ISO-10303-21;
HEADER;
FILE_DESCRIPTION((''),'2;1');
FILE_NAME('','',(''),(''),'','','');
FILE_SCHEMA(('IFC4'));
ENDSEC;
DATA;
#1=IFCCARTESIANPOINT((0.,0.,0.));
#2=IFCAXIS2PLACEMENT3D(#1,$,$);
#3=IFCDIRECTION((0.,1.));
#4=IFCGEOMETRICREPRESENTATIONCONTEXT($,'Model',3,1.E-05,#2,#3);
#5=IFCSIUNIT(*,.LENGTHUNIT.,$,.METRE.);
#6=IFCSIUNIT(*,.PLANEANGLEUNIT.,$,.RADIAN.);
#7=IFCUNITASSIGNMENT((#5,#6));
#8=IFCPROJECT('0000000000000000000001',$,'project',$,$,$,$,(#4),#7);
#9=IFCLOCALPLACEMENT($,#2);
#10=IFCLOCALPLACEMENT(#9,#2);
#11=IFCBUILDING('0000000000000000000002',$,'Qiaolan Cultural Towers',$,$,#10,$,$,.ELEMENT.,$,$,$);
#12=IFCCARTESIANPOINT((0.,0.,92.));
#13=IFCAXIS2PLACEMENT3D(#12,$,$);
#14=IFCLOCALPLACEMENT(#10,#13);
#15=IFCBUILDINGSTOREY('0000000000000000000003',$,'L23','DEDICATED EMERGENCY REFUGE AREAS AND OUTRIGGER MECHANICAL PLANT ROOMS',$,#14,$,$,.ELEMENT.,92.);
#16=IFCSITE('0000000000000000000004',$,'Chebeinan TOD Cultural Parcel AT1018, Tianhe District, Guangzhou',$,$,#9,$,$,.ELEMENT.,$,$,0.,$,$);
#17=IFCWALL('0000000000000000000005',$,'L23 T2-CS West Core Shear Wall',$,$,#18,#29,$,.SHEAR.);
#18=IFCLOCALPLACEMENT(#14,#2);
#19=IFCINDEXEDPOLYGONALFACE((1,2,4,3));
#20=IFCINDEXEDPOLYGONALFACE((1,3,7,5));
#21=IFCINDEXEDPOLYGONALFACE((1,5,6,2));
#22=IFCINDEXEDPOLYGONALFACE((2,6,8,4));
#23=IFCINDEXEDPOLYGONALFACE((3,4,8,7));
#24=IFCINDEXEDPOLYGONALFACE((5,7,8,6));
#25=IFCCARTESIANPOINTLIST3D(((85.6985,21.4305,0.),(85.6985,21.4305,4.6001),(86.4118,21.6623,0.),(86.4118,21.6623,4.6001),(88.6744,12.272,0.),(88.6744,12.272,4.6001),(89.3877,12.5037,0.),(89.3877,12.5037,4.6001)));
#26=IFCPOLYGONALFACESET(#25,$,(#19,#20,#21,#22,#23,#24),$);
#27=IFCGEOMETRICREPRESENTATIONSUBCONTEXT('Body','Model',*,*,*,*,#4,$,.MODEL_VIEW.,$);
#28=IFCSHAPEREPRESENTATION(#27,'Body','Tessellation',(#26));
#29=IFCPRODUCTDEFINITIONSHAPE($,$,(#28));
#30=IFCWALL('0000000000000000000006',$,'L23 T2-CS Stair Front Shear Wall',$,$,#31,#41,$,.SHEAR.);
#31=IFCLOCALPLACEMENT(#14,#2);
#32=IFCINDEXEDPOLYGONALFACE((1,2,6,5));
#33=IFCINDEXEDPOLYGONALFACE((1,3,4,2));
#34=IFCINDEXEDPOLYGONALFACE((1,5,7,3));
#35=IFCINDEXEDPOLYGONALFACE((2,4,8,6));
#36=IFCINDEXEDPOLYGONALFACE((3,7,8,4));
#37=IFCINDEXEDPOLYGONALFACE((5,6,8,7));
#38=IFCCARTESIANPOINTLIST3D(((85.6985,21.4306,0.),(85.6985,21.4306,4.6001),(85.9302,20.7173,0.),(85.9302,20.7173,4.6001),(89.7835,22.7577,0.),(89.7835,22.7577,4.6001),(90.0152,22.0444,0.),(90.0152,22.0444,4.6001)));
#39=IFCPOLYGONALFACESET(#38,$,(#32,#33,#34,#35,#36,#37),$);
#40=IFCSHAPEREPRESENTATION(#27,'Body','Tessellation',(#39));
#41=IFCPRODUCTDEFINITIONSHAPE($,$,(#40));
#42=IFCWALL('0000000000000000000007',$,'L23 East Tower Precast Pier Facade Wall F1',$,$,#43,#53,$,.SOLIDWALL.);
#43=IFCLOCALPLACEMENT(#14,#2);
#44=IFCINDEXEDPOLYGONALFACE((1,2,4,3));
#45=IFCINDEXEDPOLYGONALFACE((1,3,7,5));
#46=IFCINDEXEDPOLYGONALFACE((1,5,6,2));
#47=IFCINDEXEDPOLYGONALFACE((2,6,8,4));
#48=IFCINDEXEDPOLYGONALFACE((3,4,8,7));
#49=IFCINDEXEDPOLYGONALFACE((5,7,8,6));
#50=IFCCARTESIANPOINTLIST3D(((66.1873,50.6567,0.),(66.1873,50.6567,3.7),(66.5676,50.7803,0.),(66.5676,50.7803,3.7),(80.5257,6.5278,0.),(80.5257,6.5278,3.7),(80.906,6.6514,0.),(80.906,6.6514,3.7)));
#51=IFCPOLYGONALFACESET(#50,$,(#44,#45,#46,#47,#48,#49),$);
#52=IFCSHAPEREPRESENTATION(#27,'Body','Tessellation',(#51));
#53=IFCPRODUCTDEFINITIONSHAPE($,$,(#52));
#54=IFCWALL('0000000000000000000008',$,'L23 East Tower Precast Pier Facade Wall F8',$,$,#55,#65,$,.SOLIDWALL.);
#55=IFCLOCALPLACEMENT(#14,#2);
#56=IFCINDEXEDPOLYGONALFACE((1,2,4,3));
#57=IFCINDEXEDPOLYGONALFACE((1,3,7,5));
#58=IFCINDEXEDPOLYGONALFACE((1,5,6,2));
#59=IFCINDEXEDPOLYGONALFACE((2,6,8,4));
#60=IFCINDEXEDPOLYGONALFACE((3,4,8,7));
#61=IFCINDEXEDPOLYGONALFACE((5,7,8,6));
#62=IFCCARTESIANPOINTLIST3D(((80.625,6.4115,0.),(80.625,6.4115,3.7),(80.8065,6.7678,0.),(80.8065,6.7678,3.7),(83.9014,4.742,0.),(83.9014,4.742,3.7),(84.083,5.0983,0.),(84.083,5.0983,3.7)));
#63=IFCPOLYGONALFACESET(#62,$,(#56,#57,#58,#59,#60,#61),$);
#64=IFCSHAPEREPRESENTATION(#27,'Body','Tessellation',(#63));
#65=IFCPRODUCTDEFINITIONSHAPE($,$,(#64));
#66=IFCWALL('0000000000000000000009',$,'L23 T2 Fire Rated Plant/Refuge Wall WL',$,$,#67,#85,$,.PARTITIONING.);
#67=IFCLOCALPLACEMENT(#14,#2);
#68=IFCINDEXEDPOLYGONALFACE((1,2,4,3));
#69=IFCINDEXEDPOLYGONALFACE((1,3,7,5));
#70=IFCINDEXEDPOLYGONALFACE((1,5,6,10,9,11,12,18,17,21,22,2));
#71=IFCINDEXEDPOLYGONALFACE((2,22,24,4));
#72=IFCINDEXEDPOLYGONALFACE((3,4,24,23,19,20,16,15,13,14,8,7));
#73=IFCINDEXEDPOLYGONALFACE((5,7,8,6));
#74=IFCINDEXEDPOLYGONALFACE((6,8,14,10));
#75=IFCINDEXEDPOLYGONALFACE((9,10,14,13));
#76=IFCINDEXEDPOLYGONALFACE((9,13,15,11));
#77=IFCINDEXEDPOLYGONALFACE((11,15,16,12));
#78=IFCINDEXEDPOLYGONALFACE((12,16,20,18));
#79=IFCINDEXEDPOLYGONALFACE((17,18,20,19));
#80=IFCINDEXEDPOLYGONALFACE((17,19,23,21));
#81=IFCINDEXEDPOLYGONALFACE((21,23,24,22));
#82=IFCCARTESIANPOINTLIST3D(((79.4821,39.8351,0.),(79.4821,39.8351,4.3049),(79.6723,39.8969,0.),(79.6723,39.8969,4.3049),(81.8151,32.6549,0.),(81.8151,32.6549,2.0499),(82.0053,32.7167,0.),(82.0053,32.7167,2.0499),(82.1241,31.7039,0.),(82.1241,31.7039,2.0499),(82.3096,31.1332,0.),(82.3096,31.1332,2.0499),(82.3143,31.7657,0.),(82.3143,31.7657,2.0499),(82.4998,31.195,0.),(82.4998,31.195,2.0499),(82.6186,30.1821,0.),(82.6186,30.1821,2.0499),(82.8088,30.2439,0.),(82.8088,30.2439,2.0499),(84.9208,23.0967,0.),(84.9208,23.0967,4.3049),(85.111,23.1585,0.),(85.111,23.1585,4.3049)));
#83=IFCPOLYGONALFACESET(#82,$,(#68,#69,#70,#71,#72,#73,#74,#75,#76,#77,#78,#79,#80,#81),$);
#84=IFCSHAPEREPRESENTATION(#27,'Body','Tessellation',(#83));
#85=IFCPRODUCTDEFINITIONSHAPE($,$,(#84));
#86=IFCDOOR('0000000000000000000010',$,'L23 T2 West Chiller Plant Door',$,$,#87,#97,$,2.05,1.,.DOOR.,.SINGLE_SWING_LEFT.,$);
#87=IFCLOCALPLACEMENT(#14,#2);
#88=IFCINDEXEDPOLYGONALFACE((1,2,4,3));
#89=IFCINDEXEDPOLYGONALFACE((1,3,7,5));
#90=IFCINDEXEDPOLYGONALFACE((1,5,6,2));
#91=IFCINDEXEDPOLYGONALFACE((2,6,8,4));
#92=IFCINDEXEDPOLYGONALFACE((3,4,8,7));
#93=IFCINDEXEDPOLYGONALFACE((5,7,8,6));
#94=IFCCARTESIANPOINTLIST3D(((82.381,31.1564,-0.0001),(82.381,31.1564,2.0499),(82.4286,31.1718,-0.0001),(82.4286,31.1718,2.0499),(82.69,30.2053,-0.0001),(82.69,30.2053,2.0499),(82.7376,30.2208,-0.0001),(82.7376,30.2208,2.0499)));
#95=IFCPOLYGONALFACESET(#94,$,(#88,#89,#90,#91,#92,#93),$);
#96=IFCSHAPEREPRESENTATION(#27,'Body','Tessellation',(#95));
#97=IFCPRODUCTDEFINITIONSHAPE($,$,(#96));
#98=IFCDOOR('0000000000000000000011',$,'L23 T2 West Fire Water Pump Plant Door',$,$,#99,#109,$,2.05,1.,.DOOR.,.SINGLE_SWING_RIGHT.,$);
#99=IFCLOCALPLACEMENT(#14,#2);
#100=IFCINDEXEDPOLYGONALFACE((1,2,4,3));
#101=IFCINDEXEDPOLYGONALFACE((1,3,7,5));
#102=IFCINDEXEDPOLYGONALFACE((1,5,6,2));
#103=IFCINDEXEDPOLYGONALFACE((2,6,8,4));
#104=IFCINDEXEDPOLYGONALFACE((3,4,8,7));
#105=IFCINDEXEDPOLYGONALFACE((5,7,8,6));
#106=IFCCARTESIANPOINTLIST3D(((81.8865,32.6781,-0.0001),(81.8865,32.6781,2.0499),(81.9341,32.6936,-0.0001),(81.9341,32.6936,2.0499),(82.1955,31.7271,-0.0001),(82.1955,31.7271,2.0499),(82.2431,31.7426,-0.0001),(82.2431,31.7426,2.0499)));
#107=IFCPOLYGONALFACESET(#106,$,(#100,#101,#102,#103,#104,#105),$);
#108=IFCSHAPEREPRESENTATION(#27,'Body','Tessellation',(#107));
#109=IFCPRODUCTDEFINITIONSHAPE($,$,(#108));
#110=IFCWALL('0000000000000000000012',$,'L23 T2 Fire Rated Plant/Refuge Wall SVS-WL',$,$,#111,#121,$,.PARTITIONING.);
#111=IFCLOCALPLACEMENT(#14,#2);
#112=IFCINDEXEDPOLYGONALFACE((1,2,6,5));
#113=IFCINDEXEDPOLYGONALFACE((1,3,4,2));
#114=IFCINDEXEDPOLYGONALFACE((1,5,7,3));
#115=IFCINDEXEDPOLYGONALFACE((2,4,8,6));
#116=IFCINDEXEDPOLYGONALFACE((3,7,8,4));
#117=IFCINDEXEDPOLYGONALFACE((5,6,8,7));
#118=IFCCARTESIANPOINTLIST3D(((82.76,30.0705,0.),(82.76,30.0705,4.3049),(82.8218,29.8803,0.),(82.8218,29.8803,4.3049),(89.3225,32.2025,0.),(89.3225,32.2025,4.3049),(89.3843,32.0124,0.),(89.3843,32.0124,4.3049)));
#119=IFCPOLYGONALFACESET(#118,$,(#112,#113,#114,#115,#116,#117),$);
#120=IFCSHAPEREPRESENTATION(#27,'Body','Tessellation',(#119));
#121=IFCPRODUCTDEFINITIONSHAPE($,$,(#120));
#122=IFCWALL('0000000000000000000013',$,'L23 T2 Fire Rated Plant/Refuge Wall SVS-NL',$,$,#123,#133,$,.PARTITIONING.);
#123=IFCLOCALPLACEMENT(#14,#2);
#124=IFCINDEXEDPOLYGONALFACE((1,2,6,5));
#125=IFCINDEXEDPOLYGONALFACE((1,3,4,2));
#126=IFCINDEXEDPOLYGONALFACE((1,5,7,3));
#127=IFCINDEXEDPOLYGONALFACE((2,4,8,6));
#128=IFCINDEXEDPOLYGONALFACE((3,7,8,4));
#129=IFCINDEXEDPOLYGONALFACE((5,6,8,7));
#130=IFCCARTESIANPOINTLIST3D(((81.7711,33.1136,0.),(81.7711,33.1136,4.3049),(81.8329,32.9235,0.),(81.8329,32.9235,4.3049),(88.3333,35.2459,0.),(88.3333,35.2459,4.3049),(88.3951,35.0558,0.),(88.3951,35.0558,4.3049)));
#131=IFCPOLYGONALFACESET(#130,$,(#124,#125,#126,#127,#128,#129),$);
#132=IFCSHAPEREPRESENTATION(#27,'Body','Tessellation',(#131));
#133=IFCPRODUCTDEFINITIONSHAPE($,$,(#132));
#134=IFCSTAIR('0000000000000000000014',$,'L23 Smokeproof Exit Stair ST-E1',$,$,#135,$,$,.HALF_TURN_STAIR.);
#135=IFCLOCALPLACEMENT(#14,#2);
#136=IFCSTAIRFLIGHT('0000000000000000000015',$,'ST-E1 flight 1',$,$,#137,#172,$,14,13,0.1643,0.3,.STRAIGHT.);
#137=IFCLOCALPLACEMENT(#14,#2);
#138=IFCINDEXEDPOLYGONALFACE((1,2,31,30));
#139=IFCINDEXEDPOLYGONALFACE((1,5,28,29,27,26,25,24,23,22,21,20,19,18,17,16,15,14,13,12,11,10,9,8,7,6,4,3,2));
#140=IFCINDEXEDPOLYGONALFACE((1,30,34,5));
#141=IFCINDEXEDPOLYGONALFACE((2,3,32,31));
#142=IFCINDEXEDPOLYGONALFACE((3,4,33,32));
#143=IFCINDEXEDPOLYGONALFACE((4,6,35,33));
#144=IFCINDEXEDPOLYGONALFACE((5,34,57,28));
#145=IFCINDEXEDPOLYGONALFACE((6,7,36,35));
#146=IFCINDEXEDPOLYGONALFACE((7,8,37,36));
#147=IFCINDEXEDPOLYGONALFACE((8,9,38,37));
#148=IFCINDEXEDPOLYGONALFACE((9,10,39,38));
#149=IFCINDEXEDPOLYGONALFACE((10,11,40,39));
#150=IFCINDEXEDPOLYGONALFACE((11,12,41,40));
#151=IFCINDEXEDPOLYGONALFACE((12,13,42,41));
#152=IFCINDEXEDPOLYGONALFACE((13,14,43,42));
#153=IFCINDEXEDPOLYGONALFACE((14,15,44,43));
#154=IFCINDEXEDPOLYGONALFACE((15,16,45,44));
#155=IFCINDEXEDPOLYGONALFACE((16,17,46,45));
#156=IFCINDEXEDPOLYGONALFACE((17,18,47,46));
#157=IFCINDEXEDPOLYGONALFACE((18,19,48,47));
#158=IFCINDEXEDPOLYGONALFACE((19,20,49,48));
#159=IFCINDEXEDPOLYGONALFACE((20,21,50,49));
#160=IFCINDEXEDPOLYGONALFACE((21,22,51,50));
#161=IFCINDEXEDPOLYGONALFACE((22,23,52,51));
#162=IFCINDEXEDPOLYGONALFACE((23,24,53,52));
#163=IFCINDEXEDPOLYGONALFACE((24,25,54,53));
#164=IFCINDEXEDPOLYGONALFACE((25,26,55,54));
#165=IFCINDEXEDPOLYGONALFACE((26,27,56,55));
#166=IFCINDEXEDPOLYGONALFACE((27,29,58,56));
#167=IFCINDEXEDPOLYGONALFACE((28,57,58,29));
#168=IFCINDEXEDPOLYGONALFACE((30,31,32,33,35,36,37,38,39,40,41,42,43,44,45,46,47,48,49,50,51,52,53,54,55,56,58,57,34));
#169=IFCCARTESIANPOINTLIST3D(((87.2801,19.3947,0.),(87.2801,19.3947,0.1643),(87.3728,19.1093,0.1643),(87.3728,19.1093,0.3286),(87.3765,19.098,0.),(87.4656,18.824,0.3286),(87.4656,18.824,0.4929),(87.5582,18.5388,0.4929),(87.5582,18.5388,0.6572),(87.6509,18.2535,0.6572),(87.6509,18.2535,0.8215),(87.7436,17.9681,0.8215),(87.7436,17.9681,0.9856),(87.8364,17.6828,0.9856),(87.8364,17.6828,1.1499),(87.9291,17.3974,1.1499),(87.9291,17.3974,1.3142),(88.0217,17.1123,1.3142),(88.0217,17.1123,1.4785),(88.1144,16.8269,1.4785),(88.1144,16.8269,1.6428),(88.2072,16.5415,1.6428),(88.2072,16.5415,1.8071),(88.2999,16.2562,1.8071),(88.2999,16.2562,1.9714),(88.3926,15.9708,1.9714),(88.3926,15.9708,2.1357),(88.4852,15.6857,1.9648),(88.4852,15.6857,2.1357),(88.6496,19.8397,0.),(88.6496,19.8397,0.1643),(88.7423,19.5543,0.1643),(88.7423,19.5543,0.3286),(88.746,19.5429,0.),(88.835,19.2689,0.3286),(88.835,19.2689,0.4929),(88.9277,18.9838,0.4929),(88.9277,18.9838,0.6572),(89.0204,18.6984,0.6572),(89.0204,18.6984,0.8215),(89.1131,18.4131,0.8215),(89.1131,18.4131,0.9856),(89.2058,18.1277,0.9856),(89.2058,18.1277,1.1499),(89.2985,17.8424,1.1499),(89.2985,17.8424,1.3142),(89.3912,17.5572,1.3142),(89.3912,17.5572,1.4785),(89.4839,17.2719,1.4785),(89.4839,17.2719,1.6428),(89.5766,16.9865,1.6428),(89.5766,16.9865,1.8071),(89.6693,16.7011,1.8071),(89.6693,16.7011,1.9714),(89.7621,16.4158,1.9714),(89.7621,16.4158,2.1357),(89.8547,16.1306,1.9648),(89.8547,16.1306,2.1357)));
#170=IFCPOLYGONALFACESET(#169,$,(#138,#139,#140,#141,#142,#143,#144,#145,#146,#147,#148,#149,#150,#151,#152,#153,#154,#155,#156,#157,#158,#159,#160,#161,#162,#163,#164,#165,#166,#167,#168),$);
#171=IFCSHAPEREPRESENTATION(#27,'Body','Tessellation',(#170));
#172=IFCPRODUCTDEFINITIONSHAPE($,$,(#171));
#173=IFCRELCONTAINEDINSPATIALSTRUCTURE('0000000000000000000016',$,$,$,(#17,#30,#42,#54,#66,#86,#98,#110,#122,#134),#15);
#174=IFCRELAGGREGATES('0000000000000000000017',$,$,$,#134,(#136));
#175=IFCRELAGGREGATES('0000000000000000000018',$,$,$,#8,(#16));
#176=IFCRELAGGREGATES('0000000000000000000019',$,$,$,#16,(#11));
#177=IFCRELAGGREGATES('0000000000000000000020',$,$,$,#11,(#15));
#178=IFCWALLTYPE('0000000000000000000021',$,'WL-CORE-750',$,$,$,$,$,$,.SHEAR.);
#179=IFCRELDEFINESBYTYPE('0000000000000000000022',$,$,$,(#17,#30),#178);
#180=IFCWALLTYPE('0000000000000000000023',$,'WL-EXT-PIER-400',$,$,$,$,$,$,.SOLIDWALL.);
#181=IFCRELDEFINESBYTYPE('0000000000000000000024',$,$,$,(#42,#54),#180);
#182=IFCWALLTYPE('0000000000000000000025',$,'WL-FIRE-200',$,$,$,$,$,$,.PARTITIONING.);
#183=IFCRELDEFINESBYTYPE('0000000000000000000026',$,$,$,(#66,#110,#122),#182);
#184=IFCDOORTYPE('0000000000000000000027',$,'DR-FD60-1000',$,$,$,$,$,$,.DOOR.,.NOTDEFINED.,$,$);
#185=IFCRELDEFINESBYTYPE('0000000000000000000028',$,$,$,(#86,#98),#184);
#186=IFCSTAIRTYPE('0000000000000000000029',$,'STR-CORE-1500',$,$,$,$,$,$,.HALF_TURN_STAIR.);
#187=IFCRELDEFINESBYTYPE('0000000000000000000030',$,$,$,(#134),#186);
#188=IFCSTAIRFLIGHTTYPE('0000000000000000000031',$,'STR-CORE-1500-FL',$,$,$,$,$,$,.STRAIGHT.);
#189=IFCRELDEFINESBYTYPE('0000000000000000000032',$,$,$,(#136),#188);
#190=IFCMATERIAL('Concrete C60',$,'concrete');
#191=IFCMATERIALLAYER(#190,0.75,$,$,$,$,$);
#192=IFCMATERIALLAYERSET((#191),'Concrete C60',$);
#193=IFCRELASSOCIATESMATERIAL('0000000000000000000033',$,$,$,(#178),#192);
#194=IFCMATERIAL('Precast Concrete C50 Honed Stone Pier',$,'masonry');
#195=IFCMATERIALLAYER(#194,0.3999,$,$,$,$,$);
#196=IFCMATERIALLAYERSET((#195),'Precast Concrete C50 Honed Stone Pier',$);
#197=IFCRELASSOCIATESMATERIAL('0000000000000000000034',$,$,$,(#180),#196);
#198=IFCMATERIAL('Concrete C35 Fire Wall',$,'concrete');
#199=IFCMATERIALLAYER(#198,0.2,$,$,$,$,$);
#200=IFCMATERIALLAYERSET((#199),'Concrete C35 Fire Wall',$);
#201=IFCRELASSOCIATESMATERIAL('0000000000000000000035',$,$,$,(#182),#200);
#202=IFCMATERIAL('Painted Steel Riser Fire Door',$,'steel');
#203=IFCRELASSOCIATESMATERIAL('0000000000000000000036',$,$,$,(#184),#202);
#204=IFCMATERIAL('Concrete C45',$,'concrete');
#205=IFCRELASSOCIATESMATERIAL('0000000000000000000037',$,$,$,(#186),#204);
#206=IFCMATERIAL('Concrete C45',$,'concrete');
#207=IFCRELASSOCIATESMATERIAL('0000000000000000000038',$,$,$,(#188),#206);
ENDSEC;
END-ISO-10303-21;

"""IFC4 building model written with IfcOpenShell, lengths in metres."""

from ifc_helpers import new_model, si_unit, direction, frame, frame_2d, origin, place, context, subcontext, project, spatial, polyline, rectangle, outline, extrude, material, layer, layer_set, type_object, element, fill, aggregate, save


model = new_model("IFC4")

# Units and contexts
model_context = context("Model", 3, precision=1e-05, world=origin(), true_north=direction((0.0, 1.0)))
body_context = subcontext(model_context, "Body", "Model", "MODEL_VIEW")
ifc_project = project(units=[si_unit("LENGTHUNIT", "METRE"), si_unit("PLANEANGLEUNIT", "RADIAN")], contexts=[model_context])

# Site, building, storey
site_placement = place(None, origin())
site = spatial("IfcSite", under=ifc_project, at=site_placement, Name="Chebeinan TOD Cultural Parcel AT1018, Tianhe District, Guangzhou", CompositionType="ELEMENT", RefElevation=0.0)
building_placement = place(site_placement, origin())
building = spatial("IfcBuilding", under=site, at=building_placement, Name="Qiaolan Cultural Towers", CompositionType="ELEMENT")
storey_placement = place(building_placement, frame((0.0, 0.0, 92.0)))
storey = spatial("IfcBuildingStorey", under=building, at=storey_placement, Name="L23", Description="DEDICATED EMERGENCY REFUGE AREAS AND OUTRIGGER MECHANICAL PLANT ROOMS", CompositionType="ELEMENT", Elevation=92.0)

# Walls
ifc_material_1 = material(Name="Concrete C60", Category="concrete")
ifc_layer_1 = layer(ifc_material_1, 0.75)
ifc_layer_set_1 = layer_set([ifc_layer_1], Name="Concrete C60")
wall_type_1 = type_object("IfcWallType", Name="WL-CORE-750", PredefinedType="SHEAR", material=ifc_layer_set_1)
wall_1_placement = place(storey_placement, frame((86.0552, 21.5464, 0.0), z_axis=(0.0, 0.0, 1.0), x_axis=(0.309024, -0.951054, 0.0)))
element("IfcWall", 1, at=wall_1_placement, inside=storey, type_object=wall_type_1, Name="L23 T2-CS West Core Shear Wall", PredefinedType="SHEAR", context=body_context, shape_type="SweptSolid", body=[
    extrude(rectangle(XDim=9.6299, YDim=0.75, at=frame_2d((4.8149, 0.0))), origin(), (0.0, 0.0, 1.0), 4.6001),
])
wall_2_placement = place(storey_placement, frame((85.8145, 21.074, 0.0), z_axis=(0.0, 0.0, 1.0), x_axis=(0.951066, 0.308988, 0.0)))
element("IfcWall", 2, at=wall_2_placement, inside=storey, type_object=wall_type_1, Name="L23 T2-CS Stair Front Shear Wall", PredefinedType="SHEAR", context=body_context, shape_type="SweptSolid", body=[
    extrude(rectangle(XDim=4.2952, YDim=0.75, at=frame_2d((2.1475, 0.0))), origin(), (0.0, 0.0, 1.0), 4.6001),
])
ifc_material_2 = material(Name="Precast Concrete C50 Honed Stone Pier", Category="masonry")
ifc_layer_2 = layer(ifc_material_2, 0.3999)
ifc_layer_set_2 = layer_set([ifc_layer_2], Name="Precast Concrete C50 Honed Stone Pier")
wall_type_2 = type_object("IfcWallType", Name="WL-EXT-PIER-400", PredefinedType="SOLIDWALL", material=ifc_layer_set_2)
wall_3_placement = place(storey_placement, frame((80.7158, 6.5896, 0.0), z_axis=(0.0, 0.0, 1.0), x_axis=(-0.309018, 0.951056, 0.0)))
element("IfcWall", 3, at=wall_3_placement, inside=storey, type_object=wall_type_2, Name="L23 East Tower Precast Pier Facade Wall F1", PredefinedType="SOLIDWALL", context=body_context, shape_type="SweptSolid", body=[
    extrude(rectangle(XDim=46.3999, YDim=0.3999, at=frame_2d((23.2, 0.0))), origin(), (0.0, 0.0, 1.0), 3.7),
])
wall_4_placement = place(storey_placement, frame((83.9922, 4.9202, 0.0), z_axis=(0.0, 0.0, 1.0), x_axis=(-0.891002, 0.453999, 0.0)))
element("IfcWall", 4, at=wall_4_placement, inside=storey, type_object=wall_type_2, Name="L23 East Tower Precast Pier Facade Wall F8", PredefinedType="SOLIDWALL", context=body_context, shape_type="SweptSolid", body=[
    extrude(rectangle(XDim=3.6772, YDim=0.3999, at=frame_2d((1.8386, 0.0))), origin(), (0.0, 0.0, 1.0), 3.7),
])

# Wall, openings, doors
ifc_material_3 = material(Name="Concrete C35 Fire Wall", Category="concrete")
ifc_layer_3 = layer(ifc_material_3, 0.2)
ifc_layer_set_3 = layer_set([ifc_layer_3], Name="Concrete C35 Fire Wall")
wall_type_3 = type_object("IfcWallType", Name="WL-FIRE-200", PredefinedType="PARTITIONING", material=ifc_layer_set_3)
wall_5_placement = place(storey_placement, frame((85.0159, 23.1277, 0.0), z_axis=(0.0, 0.0, 1.0), x_axis=(-0.309019, 0.951056, 0.0)))
wall_5 = element("IfcWall", 5, at=wall_5_placement, inside=storey, type_object=wall_type_3, Name="L23 T2 Fire Rated Plant/Refuge Wall WL", PredefinedType="PARTITIONING", context=body_context, shape_type="SweptSolid", body=[
    extrude(rectangle(XDim=17.5999, YDim=0.2, at=frame_2d((8.7998, 0.0))), origin(), (0.0, 0.0, 1.0), 4.3049),
])
opening_1_placement = place(wall_5_placement, frame((7.45, 0.0, 0.0)))
opening_1 = element("IfcOpeningElement", 6, at=opening_1_placement, cuts=wall_5, PredefinedType="OPENING", context=body_context, shape_type="SweptSolid", body=[
    extrude(rectangle(XDim=1.0, YDim=2.05, at=frame_2d((0.5, 1.0249))), frame((0.0, 0.1099, 0.0), z_axis=(0.0, -1.0, 0.0), x_axis=(1.0, 0.0, 0.0)), (0.0, 0.0, 1.0), 0.22),
])
opening_2_placement = place(wall_5_placement, frame((9.05, 0.0, 0.0)))
opening_2 = element("IfcOpeningElement", 7, at=opening_2_placement, cuts=wall_5, PredefinedType="OPENING", context=body_context, shape_type="SweptSolid", body=[
    extrude(rectangle(XDim=1.0, YDim=2.05, at=frame_2d((0.5, 1.0249))), frame((0.0, 0.1099, 0.0), z_axis=(0.0, -1.0, 0.0), x_axis=(1.0, 0.0, 0.0)), (0.0, 0.0, 1.0), 0.22),
])
ifc_material_4 = material(Name="Painted Steel Riser Fire Door", Category="steel")
door_type = type_object("IfcDoorType", Name="DR-FD60-1000", OperationType="NOTDEFINED", PredefinedType="DOOR", material=ifc_material_4)
door_1_placement = place(opening_1_placement, origin())
door_1 = element("IfcDoor", 8, at=door_1_placement, inside=storey, type_object=door_type, Name="L23 T2 West Chiller Plant Door", OperationType="SINGLE_SWING_LEFT", OverallHeight=2.05, OverallWidth=1.0, PredefinedType="DOOR", context=body_context, shape_type="SweptSolid", body=[
    extrude(rectangle(XDim=1.0, YDim=2.05, at=frame_2d((0.5, 1.0249))), frame((0.0, 0.0249, 0.0), z_axis=(0.0, -1.0, 0.0), x_axis=(1.0, 0.0, 0.0)), (0.0, 0.0, 1.0), 0.05),
])
fill(opening_1, door_1)
door_2_placement = place(opening_2_placement, origin())
door_2 = element("IfcDoor", 9, at=door_2_placement, inside=storey, type_object=door_type, Name="L23 T2 West Fire Water Pump Plant Door", OperationType="SINGLE_SWING_RIGHT", OverallHeight=2.05, OverallWidth=1.0, PredefinedType="DOOR", context=body_context, shape_type="SweptSolid", body=[
    extrude(rectangle(XDim=1.0, YDim=2.05, at=frame_2d((0.5, 1.0249))), frame((0.0, 0.0249, 0.0), z_axis=(0.0, -1.0, 0.0), x_axis=(1.0, 0.0, 0.0)), (0.0, 0.0, 1.0), 0.05),
])
fill(opening_2, door_2)

# Walls
wall_6_placement = place(storey_placement, frame((82.7908, 29.9753, 0.0), z_axis=(0.0, 0.0, 1.0), x_axis=(0.951065, 0.30899, 0.0)))
element("IfcWall", 10, at=wall_6_placement, inside=storey, type_object=wall_type_3, Name="L23 T2 Fire Rated Plant/Refuge Wall SVS-WL", PredefinedType="PARTITIONING", context=body_context, shape_type="SweptSolid", body=[
    extrude(rectangle(XDim=6.9001, YDim=0.2, at=frame_2d((3.4502, 0.0))), origin(), (0.0, 0.0, 1.0), 4.3049),
])
wall_7_placement = place(storey_placement, frame((81.802, 33.0186, 0.0), z_axis=(0.0, 0.0, 1.0), x_axis=(0.951051, 0.309032, 0.0)))
element("IfcWall", 11, at=wall_7_placement, inside=storey, type_object=wall_type_3, Name="L23 T2 Fire Rated Plant/Refuge Wall SVS-NL", PredefinedType="PARTITIONING", context=body_context, shape_type="SweptSolid", body=[
    extrude(rectangle(XDim=6.8999, YDim=0.2, at=frame_2d((3.45, 0.0))), origin(), (0.0, 0.0, 1.0), 4.3049),
])

# Stair, stair flight
ifc_material_5 = material(Name="Concrete C45", Category="concrete")
stair_type = type_object("IfcStairType", Name="STR-CORE-1500", PredefinedType="HALF_TURN_STAIR", material=ifc_material_5)
stair_placement = place(storey_placement, origin())
stair = element("IfcStair", 12, at=stair_placement, inside=storey, type_object=stair_type, Name="L23 Smokeproof Exit Stair ST-E1", PredefinedType="HALF_TURN_STAIR")
ifc_material_6 = material(Name="Concrete C45", Category="concrete")
stair_flight_type = type_object("IfcStairFlightType", Name="STR-CORE-1500-FL", PredefinedType="STRAIGHT", material=ifc_material_6)
stair_flight_placement = place(storey_placement, frame((87.9648, 19.6172, 0.0), z_axis=(0.0, 0.0, 1.0), x_axis=(0.309017, -0.951057, 0.0)))
stair_flight = element("IfcStairFlight", 13, at=stair_flight_placement, type_object=stair_flight_type, Name="ST-E1 flight 1", NumberOfRisers=14, NumberOfTreads=13, PredefinedType="STRAIGHT", RiserHeight=0.1643, TreadLength=0.3, context=body_context, shape_type="SweptSolid", body=[
    extrude(outline(polyline([(0.0, 0.0), (0.0, 0.1643), (0.3, 0.1643), (0.3, 0.3286), (0.6001, 0.3286), (0.6001, 0.4929), (0.8999, 0.4929), (0.8999, 0.6572), (1.2, 0.6572), (1.2, 0.8215), (1.5, 0.8215), (1.5, 0.9856), (1.8, 0.9856), (1.8, 1.1499), (2.1001, 1.1499), (2.1001, 1.3142), (2.3999, 1.3142), (2.3999, 1.4785), (2.7, 1.4785), (2.7, 1.6428), (3.0, 1.6428), (3.0, 1.8071), (3.3, 1.8071), (3.3, 1.9714), (3.6001, 1.9714), (3.6001, 2.1357), (3.8999, 2.1357), (3.8999, 2.3), (3.8999, 1.9648), (0.312, 0.0), (0.0, 0.0)])), frame((0.0, 0.72, 0.0), z_axis=(0.0, -1.0, 0.0), x_axis=(1.0, 0.0, 0.0)), (0.0, 0.0, 1.0), 1.4399),
])
aggregate(stair, [stair_flight])

save(model, "model.ifc")
